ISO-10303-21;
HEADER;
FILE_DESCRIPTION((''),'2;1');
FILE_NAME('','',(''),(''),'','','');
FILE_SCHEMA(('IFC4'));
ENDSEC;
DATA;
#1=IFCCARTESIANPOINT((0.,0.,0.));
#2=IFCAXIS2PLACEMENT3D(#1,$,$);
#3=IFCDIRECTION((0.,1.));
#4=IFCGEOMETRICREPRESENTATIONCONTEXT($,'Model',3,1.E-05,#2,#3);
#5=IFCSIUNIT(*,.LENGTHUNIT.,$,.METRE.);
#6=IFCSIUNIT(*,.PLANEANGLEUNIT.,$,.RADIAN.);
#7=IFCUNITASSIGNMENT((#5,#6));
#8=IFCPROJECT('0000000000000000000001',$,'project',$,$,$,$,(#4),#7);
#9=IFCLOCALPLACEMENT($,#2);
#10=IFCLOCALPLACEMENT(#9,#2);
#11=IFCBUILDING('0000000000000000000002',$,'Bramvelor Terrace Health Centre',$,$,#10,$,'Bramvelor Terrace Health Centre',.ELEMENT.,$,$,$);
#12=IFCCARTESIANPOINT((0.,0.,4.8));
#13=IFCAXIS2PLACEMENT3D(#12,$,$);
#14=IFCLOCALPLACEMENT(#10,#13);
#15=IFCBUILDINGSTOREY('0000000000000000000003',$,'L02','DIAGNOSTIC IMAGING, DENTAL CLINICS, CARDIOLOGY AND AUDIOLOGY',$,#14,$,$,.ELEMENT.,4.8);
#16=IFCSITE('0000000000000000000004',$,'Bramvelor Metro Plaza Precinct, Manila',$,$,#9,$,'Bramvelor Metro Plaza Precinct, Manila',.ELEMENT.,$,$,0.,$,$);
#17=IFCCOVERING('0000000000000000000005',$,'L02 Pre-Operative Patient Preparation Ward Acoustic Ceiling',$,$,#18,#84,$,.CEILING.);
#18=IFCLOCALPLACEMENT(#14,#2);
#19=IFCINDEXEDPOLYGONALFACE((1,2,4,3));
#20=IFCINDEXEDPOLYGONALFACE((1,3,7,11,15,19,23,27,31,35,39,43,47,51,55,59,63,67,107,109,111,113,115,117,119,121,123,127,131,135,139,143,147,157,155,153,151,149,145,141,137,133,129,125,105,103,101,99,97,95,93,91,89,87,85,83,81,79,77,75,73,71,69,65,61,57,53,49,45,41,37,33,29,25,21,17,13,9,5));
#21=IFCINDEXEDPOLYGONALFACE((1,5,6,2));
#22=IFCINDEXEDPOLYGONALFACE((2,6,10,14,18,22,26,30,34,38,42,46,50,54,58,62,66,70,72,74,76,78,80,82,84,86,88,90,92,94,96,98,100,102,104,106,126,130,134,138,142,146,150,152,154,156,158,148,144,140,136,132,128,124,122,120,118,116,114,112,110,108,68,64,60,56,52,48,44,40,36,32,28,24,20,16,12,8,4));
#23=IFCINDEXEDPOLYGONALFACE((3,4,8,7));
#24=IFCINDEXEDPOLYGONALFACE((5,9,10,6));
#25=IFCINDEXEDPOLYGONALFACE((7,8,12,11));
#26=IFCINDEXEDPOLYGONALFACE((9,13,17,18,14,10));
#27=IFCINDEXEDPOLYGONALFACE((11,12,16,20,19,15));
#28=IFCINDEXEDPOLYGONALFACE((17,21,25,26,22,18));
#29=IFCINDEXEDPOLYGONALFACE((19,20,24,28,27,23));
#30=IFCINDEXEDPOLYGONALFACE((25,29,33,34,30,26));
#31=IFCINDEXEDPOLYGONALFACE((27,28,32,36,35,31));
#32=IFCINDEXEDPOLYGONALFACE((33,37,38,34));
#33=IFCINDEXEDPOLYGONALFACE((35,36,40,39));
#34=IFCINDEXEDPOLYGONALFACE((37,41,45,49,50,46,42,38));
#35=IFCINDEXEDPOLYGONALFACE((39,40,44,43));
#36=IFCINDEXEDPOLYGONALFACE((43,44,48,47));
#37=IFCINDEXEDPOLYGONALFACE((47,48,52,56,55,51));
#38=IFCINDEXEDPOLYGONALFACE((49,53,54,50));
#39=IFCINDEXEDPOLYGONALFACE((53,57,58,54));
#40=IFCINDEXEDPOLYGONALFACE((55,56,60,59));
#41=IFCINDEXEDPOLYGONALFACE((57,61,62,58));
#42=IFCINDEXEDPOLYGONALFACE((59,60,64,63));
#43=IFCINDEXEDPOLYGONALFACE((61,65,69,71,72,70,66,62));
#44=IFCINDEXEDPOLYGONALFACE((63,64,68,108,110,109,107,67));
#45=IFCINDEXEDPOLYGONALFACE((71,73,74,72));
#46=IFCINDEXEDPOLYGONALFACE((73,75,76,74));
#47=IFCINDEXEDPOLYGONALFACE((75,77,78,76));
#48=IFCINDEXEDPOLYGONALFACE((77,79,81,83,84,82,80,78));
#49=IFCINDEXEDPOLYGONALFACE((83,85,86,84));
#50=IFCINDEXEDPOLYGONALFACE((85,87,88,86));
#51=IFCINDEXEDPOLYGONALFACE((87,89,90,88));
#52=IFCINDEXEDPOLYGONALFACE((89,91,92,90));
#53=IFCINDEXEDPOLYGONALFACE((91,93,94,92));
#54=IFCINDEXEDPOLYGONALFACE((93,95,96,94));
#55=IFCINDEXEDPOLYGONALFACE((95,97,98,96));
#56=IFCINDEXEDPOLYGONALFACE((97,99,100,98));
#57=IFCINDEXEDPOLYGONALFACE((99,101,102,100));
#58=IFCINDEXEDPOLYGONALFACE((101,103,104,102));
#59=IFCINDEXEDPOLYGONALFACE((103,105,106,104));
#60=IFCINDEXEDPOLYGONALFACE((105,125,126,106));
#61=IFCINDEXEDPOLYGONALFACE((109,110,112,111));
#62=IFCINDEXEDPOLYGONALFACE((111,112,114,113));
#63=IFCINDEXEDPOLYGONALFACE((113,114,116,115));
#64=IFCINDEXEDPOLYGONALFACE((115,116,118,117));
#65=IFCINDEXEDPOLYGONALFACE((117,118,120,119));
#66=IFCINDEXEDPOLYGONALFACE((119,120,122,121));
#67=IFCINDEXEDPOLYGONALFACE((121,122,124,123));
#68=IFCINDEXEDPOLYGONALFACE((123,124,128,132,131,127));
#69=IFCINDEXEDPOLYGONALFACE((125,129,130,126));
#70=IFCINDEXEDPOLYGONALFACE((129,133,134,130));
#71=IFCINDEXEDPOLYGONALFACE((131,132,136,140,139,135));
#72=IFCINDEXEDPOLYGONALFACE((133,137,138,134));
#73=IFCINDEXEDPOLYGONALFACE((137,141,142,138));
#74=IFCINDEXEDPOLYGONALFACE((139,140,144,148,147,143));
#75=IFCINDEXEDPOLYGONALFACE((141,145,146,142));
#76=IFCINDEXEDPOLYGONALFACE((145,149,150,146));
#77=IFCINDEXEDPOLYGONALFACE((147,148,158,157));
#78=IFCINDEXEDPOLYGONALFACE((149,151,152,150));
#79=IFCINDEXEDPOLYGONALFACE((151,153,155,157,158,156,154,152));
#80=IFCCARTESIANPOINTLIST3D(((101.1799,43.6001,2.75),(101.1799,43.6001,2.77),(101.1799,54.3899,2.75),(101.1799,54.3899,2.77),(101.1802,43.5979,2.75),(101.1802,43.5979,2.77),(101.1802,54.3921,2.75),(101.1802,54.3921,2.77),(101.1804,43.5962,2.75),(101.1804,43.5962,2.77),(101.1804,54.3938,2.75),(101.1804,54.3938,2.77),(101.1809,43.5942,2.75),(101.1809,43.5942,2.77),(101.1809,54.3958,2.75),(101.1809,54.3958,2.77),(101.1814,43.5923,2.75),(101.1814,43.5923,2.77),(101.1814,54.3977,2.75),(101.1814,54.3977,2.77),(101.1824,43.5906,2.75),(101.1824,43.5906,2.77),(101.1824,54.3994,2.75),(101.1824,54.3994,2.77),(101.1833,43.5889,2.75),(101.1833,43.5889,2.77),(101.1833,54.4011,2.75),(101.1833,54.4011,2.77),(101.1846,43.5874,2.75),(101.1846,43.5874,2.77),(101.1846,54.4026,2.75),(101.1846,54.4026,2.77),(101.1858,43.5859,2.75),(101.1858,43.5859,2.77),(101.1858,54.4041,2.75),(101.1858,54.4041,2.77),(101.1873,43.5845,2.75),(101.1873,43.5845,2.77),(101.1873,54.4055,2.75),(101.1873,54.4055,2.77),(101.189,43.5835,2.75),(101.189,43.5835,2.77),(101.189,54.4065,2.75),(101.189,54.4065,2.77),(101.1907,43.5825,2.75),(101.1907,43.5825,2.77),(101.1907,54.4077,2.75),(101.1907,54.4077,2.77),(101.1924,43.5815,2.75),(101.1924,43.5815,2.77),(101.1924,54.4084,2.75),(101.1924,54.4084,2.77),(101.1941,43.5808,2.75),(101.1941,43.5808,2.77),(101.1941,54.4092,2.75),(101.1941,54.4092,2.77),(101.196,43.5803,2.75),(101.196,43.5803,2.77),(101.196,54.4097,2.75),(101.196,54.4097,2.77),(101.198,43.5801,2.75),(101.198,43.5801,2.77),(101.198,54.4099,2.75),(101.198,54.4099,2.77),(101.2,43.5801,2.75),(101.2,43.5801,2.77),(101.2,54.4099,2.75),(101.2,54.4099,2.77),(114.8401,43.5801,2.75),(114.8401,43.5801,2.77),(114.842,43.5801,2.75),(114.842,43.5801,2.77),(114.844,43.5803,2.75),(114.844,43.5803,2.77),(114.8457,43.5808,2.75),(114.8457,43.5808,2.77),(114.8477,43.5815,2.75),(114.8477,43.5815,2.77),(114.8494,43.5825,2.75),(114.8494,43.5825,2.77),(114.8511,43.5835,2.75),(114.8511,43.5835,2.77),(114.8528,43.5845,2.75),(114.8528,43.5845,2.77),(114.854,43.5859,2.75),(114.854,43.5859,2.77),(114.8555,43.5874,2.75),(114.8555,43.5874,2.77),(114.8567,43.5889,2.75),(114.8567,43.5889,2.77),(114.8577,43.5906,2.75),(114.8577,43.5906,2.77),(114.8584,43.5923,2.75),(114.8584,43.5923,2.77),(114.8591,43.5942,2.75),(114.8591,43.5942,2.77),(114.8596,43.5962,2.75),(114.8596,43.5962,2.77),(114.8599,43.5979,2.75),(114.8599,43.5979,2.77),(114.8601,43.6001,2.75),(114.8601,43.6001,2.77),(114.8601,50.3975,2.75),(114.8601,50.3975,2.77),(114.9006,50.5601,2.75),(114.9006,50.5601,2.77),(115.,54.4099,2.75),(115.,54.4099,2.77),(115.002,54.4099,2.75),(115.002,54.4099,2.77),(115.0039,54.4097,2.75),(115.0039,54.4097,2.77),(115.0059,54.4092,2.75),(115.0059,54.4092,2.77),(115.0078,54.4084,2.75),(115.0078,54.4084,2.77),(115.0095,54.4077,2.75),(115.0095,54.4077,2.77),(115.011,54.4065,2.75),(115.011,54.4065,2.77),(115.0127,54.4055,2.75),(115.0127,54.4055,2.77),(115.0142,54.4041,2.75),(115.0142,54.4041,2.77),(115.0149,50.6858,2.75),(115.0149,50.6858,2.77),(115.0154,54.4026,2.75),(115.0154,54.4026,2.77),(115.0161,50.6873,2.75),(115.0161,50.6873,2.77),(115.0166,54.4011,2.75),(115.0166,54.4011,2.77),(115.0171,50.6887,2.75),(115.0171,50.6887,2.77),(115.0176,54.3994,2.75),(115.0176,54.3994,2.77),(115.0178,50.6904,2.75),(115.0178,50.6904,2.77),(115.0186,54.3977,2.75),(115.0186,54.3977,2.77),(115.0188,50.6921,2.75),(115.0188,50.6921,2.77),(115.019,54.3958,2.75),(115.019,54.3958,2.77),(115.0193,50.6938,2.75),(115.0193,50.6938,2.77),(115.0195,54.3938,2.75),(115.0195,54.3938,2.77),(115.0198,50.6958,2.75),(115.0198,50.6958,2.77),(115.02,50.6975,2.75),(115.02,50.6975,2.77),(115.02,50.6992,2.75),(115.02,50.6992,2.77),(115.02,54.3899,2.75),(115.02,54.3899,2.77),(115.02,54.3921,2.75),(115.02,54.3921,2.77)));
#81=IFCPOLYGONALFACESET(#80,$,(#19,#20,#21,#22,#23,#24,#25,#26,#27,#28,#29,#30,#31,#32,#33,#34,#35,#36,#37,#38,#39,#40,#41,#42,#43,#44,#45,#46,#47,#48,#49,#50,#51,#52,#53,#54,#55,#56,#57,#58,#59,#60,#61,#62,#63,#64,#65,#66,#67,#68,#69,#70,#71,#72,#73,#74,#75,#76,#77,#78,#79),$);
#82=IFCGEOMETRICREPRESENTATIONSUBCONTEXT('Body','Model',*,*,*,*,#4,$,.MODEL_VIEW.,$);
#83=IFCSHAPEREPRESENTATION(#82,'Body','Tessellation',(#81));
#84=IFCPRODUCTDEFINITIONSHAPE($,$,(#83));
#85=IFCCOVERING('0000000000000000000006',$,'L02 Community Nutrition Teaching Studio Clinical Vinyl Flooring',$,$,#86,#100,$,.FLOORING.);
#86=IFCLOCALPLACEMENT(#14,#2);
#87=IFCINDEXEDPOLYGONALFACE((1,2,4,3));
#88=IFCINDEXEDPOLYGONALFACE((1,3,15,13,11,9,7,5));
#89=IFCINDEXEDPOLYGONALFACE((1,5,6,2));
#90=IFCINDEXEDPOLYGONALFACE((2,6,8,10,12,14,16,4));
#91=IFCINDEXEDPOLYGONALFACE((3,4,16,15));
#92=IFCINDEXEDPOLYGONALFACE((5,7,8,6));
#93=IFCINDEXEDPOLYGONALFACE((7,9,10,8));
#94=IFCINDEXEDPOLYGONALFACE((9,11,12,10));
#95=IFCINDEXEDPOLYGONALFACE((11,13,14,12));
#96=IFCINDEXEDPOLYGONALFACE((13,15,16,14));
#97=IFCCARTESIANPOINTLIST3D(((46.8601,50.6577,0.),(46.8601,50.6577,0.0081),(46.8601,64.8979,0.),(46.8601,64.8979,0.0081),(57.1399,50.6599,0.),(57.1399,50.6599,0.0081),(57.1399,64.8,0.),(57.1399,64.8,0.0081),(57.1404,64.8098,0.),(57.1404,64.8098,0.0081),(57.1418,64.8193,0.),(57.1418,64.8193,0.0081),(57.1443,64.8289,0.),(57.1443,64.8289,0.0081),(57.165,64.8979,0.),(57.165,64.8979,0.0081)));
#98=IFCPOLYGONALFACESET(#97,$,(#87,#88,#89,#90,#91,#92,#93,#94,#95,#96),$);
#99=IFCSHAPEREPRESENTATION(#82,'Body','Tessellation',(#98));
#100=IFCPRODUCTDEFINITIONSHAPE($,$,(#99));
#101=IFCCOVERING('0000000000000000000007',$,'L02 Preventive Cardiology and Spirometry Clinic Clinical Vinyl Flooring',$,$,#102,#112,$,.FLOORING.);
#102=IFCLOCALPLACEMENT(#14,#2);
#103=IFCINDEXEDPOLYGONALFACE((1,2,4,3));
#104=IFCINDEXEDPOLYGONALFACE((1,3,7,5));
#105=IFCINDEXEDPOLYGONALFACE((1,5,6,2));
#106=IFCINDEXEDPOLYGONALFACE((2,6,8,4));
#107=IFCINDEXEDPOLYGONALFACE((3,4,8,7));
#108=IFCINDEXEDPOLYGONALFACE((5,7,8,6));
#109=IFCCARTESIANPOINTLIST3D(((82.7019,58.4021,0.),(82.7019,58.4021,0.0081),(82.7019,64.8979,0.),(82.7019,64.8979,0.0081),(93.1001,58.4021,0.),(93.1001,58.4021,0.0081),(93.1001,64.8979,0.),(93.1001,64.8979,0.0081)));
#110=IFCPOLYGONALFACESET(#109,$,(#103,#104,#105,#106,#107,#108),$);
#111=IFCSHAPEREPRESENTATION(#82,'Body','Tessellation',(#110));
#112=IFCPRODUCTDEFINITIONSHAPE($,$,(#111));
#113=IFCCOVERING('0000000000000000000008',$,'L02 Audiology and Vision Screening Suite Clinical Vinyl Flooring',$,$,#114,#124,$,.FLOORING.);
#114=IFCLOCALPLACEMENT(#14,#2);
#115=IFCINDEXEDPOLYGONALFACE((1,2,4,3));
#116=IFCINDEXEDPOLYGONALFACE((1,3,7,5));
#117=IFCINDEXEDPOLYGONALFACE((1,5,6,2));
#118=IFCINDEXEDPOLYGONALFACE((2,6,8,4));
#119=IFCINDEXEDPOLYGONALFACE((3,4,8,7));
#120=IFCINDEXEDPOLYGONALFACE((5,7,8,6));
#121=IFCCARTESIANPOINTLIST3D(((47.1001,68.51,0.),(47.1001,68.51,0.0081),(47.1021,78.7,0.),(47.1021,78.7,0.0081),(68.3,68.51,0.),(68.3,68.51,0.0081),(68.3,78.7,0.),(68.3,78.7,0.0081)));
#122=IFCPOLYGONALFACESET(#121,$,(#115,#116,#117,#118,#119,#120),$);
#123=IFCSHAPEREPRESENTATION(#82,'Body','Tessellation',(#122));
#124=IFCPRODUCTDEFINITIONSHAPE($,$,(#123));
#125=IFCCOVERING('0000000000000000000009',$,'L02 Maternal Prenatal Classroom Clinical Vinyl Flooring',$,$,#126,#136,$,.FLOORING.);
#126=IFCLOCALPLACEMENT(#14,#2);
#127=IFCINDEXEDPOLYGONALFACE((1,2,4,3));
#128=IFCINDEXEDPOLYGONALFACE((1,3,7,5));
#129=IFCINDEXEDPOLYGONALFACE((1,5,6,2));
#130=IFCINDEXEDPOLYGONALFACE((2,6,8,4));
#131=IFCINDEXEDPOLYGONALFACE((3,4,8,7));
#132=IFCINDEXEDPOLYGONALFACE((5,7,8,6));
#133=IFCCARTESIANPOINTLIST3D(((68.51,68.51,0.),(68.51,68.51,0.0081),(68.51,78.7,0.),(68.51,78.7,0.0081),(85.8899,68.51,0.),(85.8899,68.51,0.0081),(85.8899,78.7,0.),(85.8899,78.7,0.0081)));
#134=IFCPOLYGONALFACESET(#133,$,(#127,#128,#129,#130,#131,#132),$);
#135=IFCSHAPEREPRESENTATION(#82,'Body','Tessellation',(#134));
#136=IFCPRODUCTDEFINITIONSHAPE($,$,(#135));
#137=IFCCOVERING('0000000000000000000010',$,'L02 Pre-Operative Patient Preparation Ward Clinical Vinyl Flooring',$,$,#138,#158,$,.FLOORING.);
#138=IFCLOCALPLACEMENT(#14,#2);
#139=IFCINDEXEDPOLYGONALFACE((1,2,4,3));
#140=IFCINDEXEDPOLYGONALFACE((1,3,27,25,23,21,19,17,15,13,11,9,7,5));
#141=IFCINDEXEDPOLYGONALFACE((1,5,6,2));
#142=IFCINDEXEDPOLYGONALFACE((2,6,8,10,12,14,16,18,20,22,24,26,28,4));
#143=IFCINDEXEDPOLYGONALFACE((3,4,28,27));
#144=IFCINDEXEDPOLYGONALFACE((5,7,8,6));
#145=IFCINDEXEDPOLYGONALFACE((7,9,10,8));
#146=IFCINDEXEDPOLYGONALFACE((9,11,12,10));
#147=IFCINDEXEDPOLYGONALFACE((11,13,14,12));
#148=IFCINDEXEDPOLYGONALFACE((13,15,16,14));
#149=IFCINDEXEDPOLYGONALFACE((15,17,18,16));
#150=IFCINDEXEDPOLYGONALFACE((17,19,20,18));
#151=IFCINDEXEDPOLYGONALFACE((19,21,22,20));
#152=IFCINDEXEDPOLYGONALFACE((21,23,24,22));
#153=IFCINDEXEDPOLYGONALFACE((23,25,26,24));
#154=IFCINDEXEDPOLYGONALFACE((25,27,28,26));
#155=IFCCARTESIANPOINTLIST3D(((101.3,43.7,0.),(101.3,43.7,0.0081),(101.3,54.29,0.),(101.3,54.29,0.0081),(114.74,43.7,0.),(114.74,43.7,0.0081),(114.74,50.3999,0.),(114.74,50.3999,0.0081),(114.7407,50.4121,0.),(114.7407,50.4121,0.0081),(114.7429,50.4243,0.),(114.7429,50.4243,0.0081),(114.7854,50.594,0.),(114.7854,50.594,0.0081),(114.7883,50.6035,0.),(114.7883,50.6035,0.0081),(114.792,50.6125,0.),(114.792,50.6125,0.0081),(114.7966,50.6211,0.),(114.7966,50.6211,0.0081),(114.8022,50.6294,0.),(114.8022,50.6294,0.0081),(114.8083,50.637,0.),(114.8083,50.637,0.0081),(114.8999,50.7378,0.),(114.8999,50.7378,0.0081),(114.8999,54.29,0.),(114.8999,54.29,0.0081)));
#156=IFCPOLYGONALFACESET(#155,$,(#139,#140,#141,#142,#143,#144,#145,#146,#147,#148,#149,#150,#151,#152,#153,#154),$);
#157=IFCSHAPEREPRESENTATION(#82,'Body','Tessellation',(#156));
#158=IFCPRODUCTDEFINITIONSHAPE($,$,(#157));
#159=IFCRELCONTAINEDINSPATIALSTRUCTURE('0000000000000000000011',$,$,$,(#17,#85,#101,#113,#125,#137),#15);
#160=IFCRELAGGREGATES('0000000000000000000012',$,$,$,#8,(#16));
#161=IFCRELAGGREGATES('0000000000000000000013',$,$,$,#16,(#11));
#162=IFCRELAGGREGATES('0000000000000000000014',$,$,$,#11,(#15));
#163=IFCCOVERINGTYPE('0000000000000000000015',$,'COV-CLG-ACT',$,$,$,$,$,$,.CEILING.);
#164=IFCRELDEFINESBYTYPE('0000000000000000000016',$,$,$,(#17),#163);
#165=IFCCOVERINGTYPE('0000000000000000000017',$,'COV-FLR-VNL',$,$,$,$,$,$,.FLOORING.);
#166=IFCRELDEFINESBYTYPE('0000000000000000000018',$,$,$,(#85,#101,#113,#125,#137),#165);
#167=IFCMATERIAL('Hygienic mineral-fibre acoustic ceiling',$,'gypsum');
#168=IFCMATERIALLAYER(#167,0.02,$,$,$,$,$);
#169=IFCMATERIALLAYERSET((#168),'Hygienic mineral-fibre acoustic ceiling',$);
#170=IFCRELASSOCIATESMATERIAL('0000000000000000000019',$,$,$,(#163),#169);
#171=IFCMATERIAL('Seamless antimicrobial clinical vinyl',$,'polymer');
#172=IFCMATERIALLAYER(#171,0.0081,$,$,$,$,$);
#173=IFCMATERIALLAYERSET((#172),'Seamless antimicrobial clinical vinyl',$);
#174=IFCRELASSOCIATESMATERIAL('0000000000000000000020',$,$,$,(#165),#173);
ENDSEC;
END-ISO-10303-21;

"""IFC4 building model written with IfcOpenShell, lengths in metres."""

from ifc_helpers import new_model, si_unit, direction, frame, origin, place, context, subcontext, project, spatial, polyline, outline, extrude, material, layer, layer_set, type_object, element, save


model = new_model("IFC4")

# Units and contexts
model_context = context("Model", 3, precision=1e-05, world=origin(), true_north=direction((0.0, 1.0)))
body_context = subcontext(model_context, "Body", "Model", "MODEL_VIEW")
ifc_project = project(units=[si_unit("LENGTHUNIT", "METRE"), si_unit("PLANEANGLEUNIT", "RADIAN")], contexts=[model_context])

# Site, building, storey
site_placement = place(None, origin())
site = spatial("IfcSite", under=ifc_project, at=site_placement, Name="Bramvelor Metro Plaza Precinct, Manila", LongName="Bramvelor Metro Plaza Precinct, Manila", CompositionType="ELEMENT", RefElevation=0.0)
building_placement = place(site_placement, origin())
building = spatial("IfcBuilding", under=site, at=building_placement, Name="Bramvelor Terrace Health Centre", LongName="Bramvelor Terrace Health Centre", CompositionType="ELEMENT")
storey_placement = place(building_placement, frame((0.0, 0.0, 4.8)))
storey = spatial("IfcBuildingStorey", under=building, at=storey_placement, Name="L02", Description="DIAGNOSTIC IMAGING, DENTAL CLINICS, CARDIOLOGY AND AUDIOLOGY", CompositionType="ELEMENT", Elevation=4.8)

# Coverings
ifc_material_1 = material(Name="Hygienic mineral-fibre acoustic ceiling", Category="gypsum")
ifc_layer_1 = layer(ifc_material_1, 0.02)
ifc_layer_set_1 = layer_set([ifc_layer_1], Name="Hygienic mineral-fibre acoustic ceiling")
covering_type_1 = type_object("IfcCoveringType", Name="COV-CLG-ACT", PredefinedType="CEILING", material=ifc_layer_set_1)
covering_1_placement = place(storey_placement, frame((0.0, 0.0, 2.75)))
element("IfcCovering", 1, at=covering_1_placement, inside=storey, type_object=covering_type_1, Name="L02 Pre-Operative Patient Preparation Ward Acoustic Ceiling", PredefinedType="CEILING", context=body_context, shape_type="SweptSolid", body=[
    extrude(outline(polyline([(101.1799, 54.3899), (101.1802, 54.3921), (101.1804, 54.3938), (101.1809, 54.3958), (101.1814, 54.3977), (101.1824, 54.3994), (101.1833, 54.4011), (101.1846, 54.4026), (101.1858, 54.4041), (101.1873, 54.4055), (101.189, 54.4065), (101.1907, 54.4077), (101.1924, 54.4084), (101.1941, 54.4092), (101.196, 54.4097), (101.198, 54.4099), (101.2, 54.4099), (115.0, 54.4099), (115.002, 54.4099), (115.0039, 54.4097), (115.0059, 54.4092), (115.0078, 54.4084), (115.0095, 54.4077), (115.011, 54.4065), (115.0127, 54.4055), (115.0142, 54.4041), (115.0154, 54.4026), (115.0166, 54.4011), (115.0176, 54.3994), (115.0186, 54.3977), (115.019, 54.3958), (115.0195, 54.3938), (115.02, 54.3921), (115.02, 54.3899), (115.02, 50.6992), (115.02, 50.6975), (115.0198, 50.6958), (115.0193, 50.6938), (115.0188, 50.6921), (115.0178, 50.6904), (115.0171, 50.6887), (115.0161, 50.6873), (115.0149, 50.6858), (114.9006, 50.5601), (114.8601, 50.3975), (114.8601, 43.6001), (114.8599, 43.5979), (114.8596, 43.5962), (114.8591, 43.5942), (114.8584, 43.5923), (114.8577, 43.5906), (114.8567, 43.5889), (114.8555, 43.5874), (114.854, 43.5859), (114.8528, 43.5845), (114.8511, 43.5835), (114.8494, 43.5825), (114.8477, 43.5815), (114.8457, 43.5808), (114.844, 43.5803), (114.842, 43.5801), (114.8401, 43.5801), (101.2, 43.5801), (101.198, 43.5801), (101.196, 43.5803), (101.1941, 43.5808), (101.1924, 43.5815), (101.1907, 43.5825), (101.189, 43.5835), (101.1873, 43.5845), (101.1858, 43.5859), (101.1846, 43.5874), (101.1833, 43.5889), (101.1824, 43.5906), (101.1814, 43.5923), (101.1809, 43.5942), (101.1804, 43.5962), (101.1802, 43.5979), (101.1799, 43.6001), (101.1799, 54.3899)])), origin(), (0.0, 0.0, 1.0), 0.02),
])
ifc_material_2 = material(Name="Seamless antimicrobial clinical vinyl", Category="polymer")
ifc_layer_2 = layer(ifc_material_2, 0.0081)
ifc_layer_set_2 = layer_set([ifc_layer_2], Name="Seamless antimicrobial clinical vinyl")
covering_type_2 = type_object("IfcCoveringType", Name="COV-FLR-VNL", PredefinedType="FLOORING", material=ifc_layer_set_2)
covering_2_placement = place(storey_placement, origin())
element("IfcCovering", 2, at=covering_2_placement, inside=storey, type_object=covering_type_2, Name="L02 Community Nutrition Teaching Studio Clinical Vinyl Flooring", PredefinedType="FLOORING", context=body_context, shape_type="SweptSolid", body=[
    extrude(outline(polyline([(57.165, 64.8979), (57.1443, 64.8289), (57.1418, 64.8193), (57.1404, 64.8098), (57.1399, 64.8), (57.1399, 50.6599), (46.8601, 50.6577), (46.8601, 64.8979), (57.165, 64.8979)])), origin(), (0.0, 0.0, 1.0), 0.0081),
])
covering_3_placement = place(storey_placement, origin())
element("IfcCovering", 3, at=covering_3_placement, inside=storey, type_object=covering_type_2, Name="L02 Preventive Cardiology and Spirometry Clinic Clinical Vinyl Flooring", PredefinedType="FLOORING", context=body_context, shape_type="SweptSolid", body=[
    extrude(outline(polyline([(93.1001, 58.4021), (82.7019, 58.4021), (82.7019, 64.8979), (93.1001, 64.8979), (93.1001, 58.4021)])), origin(), (0.0, 0.0, 1.0), 0.0081),
])
covering_4_placement = place(storey_placement, origin())
element("IfcCovering", 4, at=covering_4_placement, inside=storey, type_object=covering_type_2, Name="L02 Audiology and Vision Screening Suite Clinical Vinyl Flooring", PredefinedType="FLOORING", context=body_context, shape_type="SweptSolid", body=[
    extrude(outline(polyline([(47.1001, 68.51), (47.1021, 78.7), (68.3, 78.7), (68.3, 68.51), (47.1001, 68.51)])), origin(), (0.0, 0.0, 1.0), 0.0081),
])
covering_5_placement = place(storey_placement, origin())
element("IfcCovering", 5, at=covering_5_placement, inside=storey, type_object=covering_type_2, Name="L02 Maternal Prenatal Classroom Clinical Vinyl Flooring", PredefinedType="FLOORING", context=body_context, shape_type="SweptSolid", body=[
    extrude(outline(polyline([(68.51, 78.7), (85.8899, 78.7), (85.8899, 68.51), (68.51, 68.51), (68.51, 78.7)])), origin(), (0.0, 0.0, 1.0), 0.0081),
])
covering_6_placement = place(storey_placement, origin())
element("IfcCovering", 6, at=covering_6_placement, inside=storey, type_object=covering_type_2, Name="L02 Pre-Operative Patient Preparation Ward Clinical Vinyl Flooring", PredefinedType="FLOORING", context=body_context, shape_type="SweptSolid", body=[
    extrude(outline(polyline([(101.3, 54.29), (114.8999, 54.29), (114.8999, 50.7378), (114.8083, 50.637), (114.8022, 50.6294), (114.7966, 50.6211), (114.792, 50.6125), (114.7883, 50.6035), (114.7854, 50.594), (114.7429, 50.4243), (114.7407, 50.4121), (114.74, 50.3999), (114.74, 43.7), (101.3, 43.7), (101.3, 54.29)])), origin(), (0.0, 0.0, 1.0), 0.0081),
])

save(model, "model.ifc")
